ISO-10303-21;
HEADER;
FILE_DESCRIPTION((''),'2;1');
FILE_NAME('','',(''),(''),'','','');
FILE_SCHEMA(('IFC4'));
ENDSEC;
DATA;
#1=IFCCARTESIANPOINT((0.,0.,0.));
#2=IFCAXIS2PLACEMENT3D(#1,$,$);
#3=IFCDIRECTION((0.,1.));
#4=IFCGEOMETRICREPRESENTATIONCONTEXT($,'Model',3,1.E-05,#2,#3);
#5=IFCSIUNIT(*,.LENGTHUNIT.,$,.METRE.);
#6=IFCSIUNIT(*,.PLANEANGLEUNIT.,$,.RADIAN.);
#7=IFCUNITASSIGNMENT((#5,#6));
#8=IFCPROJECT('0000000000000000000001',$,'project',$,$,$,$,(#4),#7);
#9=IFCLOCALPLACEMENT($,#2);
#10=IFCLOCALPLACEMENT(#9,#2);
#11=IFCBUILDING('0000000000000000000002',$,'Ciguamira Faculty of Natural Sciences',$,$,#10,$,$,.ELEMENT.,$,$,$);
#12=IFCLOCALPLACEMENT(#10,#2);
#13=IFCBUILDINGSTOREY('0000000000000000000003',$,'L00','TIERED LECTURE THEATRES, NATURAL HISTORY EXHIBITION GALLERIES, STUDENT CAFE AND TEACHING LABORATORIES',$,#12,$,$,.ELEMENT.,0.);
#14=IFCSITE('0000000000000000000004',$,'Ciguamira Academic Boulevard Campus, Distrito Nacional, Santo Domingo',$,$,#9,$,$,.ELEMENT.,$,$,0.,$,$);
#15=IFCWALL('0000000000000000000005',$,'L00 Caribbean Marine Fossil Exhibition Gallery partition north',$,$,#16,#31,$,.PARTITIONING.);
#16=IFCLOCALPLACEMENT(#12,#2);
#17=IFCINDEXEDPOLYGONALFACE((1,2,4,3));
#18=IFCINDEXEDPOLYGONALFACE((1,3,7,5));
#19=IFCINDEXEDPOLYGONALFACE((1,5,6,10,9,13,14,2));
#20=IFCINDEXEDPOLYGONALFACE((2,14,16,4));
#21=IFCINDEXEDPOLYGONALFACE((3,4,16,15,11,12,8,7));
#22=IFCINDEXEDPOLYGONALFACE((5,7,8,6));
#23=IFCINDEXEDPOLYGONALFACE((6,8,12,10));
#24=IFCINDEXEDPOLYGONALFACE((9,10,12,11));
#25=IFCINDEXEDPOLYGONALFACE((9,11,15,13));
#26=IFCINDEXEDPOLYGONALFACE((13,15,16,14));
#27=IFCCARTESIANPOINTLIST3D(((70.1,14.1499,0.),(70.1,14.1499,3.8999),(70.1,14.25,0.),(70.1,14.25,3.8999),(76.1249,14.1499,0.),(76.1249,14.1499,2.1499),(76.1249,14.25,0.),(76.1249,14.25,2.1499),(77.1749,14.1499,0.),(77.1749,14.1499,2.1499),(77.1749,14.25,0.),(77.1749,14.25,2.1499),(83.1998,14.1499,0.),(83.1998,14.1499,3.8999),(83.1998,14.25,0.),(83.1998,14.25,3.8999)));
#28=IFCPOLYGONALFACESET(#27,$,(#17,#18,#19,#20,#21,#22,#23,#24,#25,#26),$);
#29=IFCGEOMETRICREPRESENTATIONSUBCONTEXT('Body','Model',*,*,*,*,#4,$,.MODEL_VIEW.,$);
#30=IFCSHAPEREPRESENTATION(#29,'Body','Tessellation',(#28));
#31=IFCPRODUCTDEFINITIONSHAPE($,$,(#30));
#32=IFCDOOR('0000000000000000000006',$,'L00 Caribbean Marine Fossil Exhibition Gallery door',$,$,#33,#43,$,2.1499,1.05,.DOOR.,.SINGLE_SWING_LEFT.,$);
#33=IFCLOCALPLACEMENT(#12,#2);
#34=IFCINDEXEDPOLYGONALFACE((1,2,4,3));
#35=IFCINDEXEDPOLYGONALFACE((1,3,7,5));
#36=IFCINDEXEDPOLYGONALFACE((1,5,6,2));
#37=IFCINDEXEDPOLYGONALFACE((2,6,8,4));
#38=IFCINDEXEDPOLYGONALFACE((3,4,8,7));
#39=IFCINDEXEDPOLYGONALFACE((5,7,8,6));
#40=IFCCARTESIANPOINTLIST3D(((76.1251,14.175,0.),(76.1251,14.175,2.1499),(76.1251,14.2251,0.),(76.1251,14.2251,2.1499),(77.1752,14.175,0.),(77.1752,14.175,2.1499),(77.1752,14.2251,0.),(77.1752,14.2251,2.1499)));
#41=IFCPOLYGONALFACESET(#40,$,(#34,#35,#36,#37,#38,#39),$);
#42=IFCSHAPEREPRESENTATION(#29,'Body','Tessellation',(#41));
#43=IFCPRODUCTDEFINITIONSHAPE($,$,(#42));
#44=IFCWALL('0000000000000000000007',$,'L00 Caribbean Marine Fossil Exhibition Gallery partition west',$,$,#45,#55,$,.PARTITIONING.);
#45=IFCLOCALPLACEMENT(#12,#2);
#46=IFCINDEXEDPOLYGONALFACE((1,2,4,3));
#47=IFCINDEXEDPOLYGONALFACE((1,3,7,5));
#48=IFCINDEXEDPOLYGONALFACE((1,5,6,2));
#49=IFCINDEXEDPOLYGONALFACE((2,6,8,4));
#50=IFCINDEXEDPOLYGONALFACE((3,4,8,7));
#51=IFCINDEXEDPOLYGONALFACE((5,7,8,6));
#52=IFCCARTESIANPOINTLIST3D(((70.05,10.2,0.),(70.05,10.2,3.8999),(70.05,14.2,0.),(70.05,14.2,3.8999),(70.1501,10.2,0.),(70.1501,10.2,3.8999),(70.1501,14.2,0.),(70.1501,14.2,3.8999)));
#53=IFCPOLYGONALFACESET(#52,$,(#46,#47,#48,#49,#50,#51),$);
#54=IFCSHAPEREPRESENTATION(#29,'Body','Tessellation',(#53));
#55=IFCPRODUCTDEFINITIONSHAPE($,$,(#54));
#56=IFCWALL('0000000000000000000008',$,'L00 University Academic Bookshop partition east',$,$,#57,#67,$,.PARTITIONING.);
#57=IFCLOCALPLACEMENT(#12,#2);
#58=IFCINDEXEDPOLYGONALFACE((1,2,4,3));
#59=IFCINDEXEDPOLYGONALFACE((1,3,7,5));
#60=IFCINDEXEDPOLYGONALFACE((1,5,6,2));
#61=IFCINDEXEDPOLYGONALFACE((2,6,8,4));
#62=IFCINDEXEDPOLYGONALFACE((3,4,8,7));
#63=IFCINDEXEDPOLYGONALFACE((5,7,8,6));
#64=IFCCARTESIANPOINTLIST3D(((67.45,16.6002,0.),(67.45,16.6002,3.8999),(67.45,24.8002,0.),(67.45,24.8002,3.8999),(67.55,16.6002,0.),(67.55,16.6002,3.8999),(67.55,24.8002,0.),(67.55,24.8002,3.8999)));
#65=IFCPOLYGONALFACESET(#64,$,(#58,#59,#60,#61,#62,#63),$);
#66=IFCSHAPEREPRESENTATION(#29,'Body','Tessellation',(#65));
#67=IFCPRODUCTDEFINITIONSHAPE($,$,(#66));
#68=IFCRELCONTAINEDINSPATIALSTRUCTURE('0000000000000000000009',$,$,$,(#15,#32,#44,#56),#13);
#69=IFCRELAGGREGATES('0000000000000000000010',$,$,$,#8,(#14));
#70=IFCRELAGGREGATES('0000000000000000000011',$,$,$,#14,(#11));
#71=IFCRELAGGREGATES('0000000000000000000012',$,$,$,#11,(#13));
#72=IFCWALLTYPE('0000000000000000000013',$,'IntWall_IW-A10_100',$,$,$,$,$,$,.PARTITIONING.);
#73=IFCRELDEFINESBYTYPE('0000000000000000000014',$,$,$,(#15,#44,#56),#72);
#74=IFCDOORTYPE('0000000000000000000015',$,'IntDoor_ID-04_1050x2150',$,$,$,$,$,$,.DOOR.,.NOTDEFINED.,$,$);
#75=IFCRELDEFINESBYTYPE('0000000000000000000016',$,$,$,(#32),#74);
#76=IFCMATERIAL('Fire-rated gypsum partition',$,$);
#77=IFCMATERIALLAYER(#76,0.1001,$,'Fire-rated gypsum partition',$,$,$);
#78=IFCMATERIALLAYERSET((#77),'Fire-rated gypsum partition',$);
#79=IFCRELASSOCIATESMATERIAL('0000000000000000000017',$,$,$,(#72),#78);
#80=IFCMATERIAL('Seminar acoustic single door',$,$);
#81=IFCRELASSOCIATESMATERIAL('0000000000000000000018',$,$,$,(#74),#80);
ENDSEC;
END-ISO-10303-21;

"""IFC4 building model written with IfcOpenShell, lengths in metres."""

from ifc_helpers import new_model, si_unit, direction, frame, frame_2d, origin, place, context, subcontext, project, spatial, rectangle, extrude, material, layer, layer_set, type_object, element, fill, save


model = new_model("IFC4")

# Units and contexts
model_context = context("Model", 3, precision=1e-05, world=origin(), true_north=direction((0.0, 1.0)))
body_context = subcontext(model_context, "Body", "Model", "MODEL_VIEW")
ifc_project = project(units=[si_unit("LENGTHUNIT", "METRE"), si_unit("PLANEANGLEUNIT", "RADIAN")], contexts=[model_context])

# Site, building, storey
site_placement = place(None, origin())
site = spatial("IfcSite", under=ifc_project, at=site_placement, Name="Ciguamira Academic Boulevard Campus, Distrito Nacional, Santo Domingo", CompositionType="ELEMENT", RefElevation=0.0)
building_placement = place(site_placement, origin())
building = spatial("IfcBuilding", under=site, at=building_placement, Name="Ciguamira Faculty of Natural Sciences", CompositionType="ELEMENT")
storey_placement = place(building_placement, origin())
storey = spatial("IfcBuildingStorey", under=building, at=storey_placement, Name="L00", Description="TIERED LECTURE THEATRES, NATURAL HISTORY EXHIBITION GALLERIES, STUDENT CAFE AND TEACHING LABORATORIES", CompositionType="ELEMENT", Elevation=0.0)

# Shared definitions
ifc_material_1 = material(Name="Fire-rated gypsum partition")
ifc_layer_1 = layer(ifc_material_1, 0.1001, Name="Fire-rated gypsum partition")
ifc_layer_set_1 = layer_set([ifc_layer_1], Name="Fire-rated gypsum partition")
wall_type_1 = type_object("IfcWallType", Name="IntWall_IW-A10_100", PredefinedType="PARTITIONING", material=ifc_layer_set_1)

# Wall, opening, door
wall_1_placement = place(storey_placement, frame((70.1001, 14.2, 0.0), z_axis=(0.0, 0.0, 1.0), x_axis=(1.0, 0.0, 0.0)))
wall_1 = element("IfcWall", 1, at=wall_1_placement, inside=storey, type_object=wall_type_1, Name="L00 Caribbean Marine Fossil Exhibition Gallery partition north", PredefinedType="PARTITIONING", context=body_context, shape_type="SweptSolid", body=[
    extrude(rectangle(XDim=13.0999, YDim=0.1001, at=frame_2d((6.5498, 0.0))), origin(), (0.0, 0.0, 1.0), 3.8999),
])
opening_1_placement = place(wall_1_placement, frame((6.0249, 0.0, 0.0)))
opening_1 = element("IfcOpeningElement", 2, at=opening_1_placement, cuts=wall_1, PredefinedType="OPENING", context=body_context, shape_type="SweptSolid", body=[
    extrude(rectangle(XDim=1.05, YDim=2.1499, at=frame_2d((0.5249, 1.075))), frame((0.0, 0.0601, 0.0), z_axis=(0.0, -1.0, 0.0), x_axis=(1.0, 0.0, 0.0)), (0.0, 0.0, 1.0), 0.1201),
])
ifc_material_2 = material(Name="Seminar acoustic single door")
door_type_1 = type_object("IfcDoorType", Name="IntDoor_ID-04_1050x2150", OperationType="NOTDEFINED", PredefinedType="DOOR", material=ifc_material_2)
door_1_placement = place(opening_1_placement, frame((1.05, 0.0, 0.0), z_axis=(0.0, 0.0, 1.0), x_axis=(-1.0, 0.0, 0.0)))
door_1 = element("IfcDoor", 3, at=door_1_placement, inside=storey, type_object=door_type_1, Name="L00 Caribbean Marine Fossil Exhibition Gallery door", OperationType="SINGLE_SWING_LEFT", OverallHeight=2.1499, OverallWidth=1.05, PredefinedType="DOOR", context=body_context, shape_type="SweptSolid", body=[
    extrude(rectangle(XDim=1.05, YDim=2.1499, at=frame_2d((0.5249, 1.075))), frame((0.0, 0.0249, 0.0), z_axis=(0.0, -1.0, 0.0), x_axis=(1.0, 0.0, 0.0)), (0.0, 0.0, 1.0), 0.05),
])
fill(opening_1, door_1)

# Walls
wall_2_placement = place(storey_placement, frame((70.1001, 10.2, 0.0), z_axis=(0.0, 0.0, 1.0), x_axis=(0.0, 1.0, 0.0)))
element("IfcWall", 4, at=wall_2_placement, inside=storey, type_object=wall_type_1, Name="L00 Caribbean Marine Fossil Exhibition Gallery partition west", PredefinedType="PARTITIONING", context=body_context, shape_type="SweptSolid", body=[
    extrude(rectangle(XDim=4.0, YDim=0.1001, at=frame_2d((2.0, 0.0))), origin(), (0.0, 0.0, 1.0), 3.8999),
])
wall_3_placement = place(storey_placement, frame((67.5, 16.6001, 0.0), z_axis=(0.0, 0.0, 1.0), x_axis=(0.0, 1.0, 0.0)))
element("IfcWall", 5, at=wall_3_placement, inside=storey, type_object=wall_type_1, Name="L00 University Academic Bookshop partition east", PredefinedType="PARTITIONING", context=body_context, shape_type="SweptSolid", body=[
    extrude(rectangle(XDim=8.2, YDim=0.1001, at=frame_2d((4.1001, 0.0))), origin(), (0.0, 0.0, 1.0), 3.8999),
])

save(model, "model.ifc")
